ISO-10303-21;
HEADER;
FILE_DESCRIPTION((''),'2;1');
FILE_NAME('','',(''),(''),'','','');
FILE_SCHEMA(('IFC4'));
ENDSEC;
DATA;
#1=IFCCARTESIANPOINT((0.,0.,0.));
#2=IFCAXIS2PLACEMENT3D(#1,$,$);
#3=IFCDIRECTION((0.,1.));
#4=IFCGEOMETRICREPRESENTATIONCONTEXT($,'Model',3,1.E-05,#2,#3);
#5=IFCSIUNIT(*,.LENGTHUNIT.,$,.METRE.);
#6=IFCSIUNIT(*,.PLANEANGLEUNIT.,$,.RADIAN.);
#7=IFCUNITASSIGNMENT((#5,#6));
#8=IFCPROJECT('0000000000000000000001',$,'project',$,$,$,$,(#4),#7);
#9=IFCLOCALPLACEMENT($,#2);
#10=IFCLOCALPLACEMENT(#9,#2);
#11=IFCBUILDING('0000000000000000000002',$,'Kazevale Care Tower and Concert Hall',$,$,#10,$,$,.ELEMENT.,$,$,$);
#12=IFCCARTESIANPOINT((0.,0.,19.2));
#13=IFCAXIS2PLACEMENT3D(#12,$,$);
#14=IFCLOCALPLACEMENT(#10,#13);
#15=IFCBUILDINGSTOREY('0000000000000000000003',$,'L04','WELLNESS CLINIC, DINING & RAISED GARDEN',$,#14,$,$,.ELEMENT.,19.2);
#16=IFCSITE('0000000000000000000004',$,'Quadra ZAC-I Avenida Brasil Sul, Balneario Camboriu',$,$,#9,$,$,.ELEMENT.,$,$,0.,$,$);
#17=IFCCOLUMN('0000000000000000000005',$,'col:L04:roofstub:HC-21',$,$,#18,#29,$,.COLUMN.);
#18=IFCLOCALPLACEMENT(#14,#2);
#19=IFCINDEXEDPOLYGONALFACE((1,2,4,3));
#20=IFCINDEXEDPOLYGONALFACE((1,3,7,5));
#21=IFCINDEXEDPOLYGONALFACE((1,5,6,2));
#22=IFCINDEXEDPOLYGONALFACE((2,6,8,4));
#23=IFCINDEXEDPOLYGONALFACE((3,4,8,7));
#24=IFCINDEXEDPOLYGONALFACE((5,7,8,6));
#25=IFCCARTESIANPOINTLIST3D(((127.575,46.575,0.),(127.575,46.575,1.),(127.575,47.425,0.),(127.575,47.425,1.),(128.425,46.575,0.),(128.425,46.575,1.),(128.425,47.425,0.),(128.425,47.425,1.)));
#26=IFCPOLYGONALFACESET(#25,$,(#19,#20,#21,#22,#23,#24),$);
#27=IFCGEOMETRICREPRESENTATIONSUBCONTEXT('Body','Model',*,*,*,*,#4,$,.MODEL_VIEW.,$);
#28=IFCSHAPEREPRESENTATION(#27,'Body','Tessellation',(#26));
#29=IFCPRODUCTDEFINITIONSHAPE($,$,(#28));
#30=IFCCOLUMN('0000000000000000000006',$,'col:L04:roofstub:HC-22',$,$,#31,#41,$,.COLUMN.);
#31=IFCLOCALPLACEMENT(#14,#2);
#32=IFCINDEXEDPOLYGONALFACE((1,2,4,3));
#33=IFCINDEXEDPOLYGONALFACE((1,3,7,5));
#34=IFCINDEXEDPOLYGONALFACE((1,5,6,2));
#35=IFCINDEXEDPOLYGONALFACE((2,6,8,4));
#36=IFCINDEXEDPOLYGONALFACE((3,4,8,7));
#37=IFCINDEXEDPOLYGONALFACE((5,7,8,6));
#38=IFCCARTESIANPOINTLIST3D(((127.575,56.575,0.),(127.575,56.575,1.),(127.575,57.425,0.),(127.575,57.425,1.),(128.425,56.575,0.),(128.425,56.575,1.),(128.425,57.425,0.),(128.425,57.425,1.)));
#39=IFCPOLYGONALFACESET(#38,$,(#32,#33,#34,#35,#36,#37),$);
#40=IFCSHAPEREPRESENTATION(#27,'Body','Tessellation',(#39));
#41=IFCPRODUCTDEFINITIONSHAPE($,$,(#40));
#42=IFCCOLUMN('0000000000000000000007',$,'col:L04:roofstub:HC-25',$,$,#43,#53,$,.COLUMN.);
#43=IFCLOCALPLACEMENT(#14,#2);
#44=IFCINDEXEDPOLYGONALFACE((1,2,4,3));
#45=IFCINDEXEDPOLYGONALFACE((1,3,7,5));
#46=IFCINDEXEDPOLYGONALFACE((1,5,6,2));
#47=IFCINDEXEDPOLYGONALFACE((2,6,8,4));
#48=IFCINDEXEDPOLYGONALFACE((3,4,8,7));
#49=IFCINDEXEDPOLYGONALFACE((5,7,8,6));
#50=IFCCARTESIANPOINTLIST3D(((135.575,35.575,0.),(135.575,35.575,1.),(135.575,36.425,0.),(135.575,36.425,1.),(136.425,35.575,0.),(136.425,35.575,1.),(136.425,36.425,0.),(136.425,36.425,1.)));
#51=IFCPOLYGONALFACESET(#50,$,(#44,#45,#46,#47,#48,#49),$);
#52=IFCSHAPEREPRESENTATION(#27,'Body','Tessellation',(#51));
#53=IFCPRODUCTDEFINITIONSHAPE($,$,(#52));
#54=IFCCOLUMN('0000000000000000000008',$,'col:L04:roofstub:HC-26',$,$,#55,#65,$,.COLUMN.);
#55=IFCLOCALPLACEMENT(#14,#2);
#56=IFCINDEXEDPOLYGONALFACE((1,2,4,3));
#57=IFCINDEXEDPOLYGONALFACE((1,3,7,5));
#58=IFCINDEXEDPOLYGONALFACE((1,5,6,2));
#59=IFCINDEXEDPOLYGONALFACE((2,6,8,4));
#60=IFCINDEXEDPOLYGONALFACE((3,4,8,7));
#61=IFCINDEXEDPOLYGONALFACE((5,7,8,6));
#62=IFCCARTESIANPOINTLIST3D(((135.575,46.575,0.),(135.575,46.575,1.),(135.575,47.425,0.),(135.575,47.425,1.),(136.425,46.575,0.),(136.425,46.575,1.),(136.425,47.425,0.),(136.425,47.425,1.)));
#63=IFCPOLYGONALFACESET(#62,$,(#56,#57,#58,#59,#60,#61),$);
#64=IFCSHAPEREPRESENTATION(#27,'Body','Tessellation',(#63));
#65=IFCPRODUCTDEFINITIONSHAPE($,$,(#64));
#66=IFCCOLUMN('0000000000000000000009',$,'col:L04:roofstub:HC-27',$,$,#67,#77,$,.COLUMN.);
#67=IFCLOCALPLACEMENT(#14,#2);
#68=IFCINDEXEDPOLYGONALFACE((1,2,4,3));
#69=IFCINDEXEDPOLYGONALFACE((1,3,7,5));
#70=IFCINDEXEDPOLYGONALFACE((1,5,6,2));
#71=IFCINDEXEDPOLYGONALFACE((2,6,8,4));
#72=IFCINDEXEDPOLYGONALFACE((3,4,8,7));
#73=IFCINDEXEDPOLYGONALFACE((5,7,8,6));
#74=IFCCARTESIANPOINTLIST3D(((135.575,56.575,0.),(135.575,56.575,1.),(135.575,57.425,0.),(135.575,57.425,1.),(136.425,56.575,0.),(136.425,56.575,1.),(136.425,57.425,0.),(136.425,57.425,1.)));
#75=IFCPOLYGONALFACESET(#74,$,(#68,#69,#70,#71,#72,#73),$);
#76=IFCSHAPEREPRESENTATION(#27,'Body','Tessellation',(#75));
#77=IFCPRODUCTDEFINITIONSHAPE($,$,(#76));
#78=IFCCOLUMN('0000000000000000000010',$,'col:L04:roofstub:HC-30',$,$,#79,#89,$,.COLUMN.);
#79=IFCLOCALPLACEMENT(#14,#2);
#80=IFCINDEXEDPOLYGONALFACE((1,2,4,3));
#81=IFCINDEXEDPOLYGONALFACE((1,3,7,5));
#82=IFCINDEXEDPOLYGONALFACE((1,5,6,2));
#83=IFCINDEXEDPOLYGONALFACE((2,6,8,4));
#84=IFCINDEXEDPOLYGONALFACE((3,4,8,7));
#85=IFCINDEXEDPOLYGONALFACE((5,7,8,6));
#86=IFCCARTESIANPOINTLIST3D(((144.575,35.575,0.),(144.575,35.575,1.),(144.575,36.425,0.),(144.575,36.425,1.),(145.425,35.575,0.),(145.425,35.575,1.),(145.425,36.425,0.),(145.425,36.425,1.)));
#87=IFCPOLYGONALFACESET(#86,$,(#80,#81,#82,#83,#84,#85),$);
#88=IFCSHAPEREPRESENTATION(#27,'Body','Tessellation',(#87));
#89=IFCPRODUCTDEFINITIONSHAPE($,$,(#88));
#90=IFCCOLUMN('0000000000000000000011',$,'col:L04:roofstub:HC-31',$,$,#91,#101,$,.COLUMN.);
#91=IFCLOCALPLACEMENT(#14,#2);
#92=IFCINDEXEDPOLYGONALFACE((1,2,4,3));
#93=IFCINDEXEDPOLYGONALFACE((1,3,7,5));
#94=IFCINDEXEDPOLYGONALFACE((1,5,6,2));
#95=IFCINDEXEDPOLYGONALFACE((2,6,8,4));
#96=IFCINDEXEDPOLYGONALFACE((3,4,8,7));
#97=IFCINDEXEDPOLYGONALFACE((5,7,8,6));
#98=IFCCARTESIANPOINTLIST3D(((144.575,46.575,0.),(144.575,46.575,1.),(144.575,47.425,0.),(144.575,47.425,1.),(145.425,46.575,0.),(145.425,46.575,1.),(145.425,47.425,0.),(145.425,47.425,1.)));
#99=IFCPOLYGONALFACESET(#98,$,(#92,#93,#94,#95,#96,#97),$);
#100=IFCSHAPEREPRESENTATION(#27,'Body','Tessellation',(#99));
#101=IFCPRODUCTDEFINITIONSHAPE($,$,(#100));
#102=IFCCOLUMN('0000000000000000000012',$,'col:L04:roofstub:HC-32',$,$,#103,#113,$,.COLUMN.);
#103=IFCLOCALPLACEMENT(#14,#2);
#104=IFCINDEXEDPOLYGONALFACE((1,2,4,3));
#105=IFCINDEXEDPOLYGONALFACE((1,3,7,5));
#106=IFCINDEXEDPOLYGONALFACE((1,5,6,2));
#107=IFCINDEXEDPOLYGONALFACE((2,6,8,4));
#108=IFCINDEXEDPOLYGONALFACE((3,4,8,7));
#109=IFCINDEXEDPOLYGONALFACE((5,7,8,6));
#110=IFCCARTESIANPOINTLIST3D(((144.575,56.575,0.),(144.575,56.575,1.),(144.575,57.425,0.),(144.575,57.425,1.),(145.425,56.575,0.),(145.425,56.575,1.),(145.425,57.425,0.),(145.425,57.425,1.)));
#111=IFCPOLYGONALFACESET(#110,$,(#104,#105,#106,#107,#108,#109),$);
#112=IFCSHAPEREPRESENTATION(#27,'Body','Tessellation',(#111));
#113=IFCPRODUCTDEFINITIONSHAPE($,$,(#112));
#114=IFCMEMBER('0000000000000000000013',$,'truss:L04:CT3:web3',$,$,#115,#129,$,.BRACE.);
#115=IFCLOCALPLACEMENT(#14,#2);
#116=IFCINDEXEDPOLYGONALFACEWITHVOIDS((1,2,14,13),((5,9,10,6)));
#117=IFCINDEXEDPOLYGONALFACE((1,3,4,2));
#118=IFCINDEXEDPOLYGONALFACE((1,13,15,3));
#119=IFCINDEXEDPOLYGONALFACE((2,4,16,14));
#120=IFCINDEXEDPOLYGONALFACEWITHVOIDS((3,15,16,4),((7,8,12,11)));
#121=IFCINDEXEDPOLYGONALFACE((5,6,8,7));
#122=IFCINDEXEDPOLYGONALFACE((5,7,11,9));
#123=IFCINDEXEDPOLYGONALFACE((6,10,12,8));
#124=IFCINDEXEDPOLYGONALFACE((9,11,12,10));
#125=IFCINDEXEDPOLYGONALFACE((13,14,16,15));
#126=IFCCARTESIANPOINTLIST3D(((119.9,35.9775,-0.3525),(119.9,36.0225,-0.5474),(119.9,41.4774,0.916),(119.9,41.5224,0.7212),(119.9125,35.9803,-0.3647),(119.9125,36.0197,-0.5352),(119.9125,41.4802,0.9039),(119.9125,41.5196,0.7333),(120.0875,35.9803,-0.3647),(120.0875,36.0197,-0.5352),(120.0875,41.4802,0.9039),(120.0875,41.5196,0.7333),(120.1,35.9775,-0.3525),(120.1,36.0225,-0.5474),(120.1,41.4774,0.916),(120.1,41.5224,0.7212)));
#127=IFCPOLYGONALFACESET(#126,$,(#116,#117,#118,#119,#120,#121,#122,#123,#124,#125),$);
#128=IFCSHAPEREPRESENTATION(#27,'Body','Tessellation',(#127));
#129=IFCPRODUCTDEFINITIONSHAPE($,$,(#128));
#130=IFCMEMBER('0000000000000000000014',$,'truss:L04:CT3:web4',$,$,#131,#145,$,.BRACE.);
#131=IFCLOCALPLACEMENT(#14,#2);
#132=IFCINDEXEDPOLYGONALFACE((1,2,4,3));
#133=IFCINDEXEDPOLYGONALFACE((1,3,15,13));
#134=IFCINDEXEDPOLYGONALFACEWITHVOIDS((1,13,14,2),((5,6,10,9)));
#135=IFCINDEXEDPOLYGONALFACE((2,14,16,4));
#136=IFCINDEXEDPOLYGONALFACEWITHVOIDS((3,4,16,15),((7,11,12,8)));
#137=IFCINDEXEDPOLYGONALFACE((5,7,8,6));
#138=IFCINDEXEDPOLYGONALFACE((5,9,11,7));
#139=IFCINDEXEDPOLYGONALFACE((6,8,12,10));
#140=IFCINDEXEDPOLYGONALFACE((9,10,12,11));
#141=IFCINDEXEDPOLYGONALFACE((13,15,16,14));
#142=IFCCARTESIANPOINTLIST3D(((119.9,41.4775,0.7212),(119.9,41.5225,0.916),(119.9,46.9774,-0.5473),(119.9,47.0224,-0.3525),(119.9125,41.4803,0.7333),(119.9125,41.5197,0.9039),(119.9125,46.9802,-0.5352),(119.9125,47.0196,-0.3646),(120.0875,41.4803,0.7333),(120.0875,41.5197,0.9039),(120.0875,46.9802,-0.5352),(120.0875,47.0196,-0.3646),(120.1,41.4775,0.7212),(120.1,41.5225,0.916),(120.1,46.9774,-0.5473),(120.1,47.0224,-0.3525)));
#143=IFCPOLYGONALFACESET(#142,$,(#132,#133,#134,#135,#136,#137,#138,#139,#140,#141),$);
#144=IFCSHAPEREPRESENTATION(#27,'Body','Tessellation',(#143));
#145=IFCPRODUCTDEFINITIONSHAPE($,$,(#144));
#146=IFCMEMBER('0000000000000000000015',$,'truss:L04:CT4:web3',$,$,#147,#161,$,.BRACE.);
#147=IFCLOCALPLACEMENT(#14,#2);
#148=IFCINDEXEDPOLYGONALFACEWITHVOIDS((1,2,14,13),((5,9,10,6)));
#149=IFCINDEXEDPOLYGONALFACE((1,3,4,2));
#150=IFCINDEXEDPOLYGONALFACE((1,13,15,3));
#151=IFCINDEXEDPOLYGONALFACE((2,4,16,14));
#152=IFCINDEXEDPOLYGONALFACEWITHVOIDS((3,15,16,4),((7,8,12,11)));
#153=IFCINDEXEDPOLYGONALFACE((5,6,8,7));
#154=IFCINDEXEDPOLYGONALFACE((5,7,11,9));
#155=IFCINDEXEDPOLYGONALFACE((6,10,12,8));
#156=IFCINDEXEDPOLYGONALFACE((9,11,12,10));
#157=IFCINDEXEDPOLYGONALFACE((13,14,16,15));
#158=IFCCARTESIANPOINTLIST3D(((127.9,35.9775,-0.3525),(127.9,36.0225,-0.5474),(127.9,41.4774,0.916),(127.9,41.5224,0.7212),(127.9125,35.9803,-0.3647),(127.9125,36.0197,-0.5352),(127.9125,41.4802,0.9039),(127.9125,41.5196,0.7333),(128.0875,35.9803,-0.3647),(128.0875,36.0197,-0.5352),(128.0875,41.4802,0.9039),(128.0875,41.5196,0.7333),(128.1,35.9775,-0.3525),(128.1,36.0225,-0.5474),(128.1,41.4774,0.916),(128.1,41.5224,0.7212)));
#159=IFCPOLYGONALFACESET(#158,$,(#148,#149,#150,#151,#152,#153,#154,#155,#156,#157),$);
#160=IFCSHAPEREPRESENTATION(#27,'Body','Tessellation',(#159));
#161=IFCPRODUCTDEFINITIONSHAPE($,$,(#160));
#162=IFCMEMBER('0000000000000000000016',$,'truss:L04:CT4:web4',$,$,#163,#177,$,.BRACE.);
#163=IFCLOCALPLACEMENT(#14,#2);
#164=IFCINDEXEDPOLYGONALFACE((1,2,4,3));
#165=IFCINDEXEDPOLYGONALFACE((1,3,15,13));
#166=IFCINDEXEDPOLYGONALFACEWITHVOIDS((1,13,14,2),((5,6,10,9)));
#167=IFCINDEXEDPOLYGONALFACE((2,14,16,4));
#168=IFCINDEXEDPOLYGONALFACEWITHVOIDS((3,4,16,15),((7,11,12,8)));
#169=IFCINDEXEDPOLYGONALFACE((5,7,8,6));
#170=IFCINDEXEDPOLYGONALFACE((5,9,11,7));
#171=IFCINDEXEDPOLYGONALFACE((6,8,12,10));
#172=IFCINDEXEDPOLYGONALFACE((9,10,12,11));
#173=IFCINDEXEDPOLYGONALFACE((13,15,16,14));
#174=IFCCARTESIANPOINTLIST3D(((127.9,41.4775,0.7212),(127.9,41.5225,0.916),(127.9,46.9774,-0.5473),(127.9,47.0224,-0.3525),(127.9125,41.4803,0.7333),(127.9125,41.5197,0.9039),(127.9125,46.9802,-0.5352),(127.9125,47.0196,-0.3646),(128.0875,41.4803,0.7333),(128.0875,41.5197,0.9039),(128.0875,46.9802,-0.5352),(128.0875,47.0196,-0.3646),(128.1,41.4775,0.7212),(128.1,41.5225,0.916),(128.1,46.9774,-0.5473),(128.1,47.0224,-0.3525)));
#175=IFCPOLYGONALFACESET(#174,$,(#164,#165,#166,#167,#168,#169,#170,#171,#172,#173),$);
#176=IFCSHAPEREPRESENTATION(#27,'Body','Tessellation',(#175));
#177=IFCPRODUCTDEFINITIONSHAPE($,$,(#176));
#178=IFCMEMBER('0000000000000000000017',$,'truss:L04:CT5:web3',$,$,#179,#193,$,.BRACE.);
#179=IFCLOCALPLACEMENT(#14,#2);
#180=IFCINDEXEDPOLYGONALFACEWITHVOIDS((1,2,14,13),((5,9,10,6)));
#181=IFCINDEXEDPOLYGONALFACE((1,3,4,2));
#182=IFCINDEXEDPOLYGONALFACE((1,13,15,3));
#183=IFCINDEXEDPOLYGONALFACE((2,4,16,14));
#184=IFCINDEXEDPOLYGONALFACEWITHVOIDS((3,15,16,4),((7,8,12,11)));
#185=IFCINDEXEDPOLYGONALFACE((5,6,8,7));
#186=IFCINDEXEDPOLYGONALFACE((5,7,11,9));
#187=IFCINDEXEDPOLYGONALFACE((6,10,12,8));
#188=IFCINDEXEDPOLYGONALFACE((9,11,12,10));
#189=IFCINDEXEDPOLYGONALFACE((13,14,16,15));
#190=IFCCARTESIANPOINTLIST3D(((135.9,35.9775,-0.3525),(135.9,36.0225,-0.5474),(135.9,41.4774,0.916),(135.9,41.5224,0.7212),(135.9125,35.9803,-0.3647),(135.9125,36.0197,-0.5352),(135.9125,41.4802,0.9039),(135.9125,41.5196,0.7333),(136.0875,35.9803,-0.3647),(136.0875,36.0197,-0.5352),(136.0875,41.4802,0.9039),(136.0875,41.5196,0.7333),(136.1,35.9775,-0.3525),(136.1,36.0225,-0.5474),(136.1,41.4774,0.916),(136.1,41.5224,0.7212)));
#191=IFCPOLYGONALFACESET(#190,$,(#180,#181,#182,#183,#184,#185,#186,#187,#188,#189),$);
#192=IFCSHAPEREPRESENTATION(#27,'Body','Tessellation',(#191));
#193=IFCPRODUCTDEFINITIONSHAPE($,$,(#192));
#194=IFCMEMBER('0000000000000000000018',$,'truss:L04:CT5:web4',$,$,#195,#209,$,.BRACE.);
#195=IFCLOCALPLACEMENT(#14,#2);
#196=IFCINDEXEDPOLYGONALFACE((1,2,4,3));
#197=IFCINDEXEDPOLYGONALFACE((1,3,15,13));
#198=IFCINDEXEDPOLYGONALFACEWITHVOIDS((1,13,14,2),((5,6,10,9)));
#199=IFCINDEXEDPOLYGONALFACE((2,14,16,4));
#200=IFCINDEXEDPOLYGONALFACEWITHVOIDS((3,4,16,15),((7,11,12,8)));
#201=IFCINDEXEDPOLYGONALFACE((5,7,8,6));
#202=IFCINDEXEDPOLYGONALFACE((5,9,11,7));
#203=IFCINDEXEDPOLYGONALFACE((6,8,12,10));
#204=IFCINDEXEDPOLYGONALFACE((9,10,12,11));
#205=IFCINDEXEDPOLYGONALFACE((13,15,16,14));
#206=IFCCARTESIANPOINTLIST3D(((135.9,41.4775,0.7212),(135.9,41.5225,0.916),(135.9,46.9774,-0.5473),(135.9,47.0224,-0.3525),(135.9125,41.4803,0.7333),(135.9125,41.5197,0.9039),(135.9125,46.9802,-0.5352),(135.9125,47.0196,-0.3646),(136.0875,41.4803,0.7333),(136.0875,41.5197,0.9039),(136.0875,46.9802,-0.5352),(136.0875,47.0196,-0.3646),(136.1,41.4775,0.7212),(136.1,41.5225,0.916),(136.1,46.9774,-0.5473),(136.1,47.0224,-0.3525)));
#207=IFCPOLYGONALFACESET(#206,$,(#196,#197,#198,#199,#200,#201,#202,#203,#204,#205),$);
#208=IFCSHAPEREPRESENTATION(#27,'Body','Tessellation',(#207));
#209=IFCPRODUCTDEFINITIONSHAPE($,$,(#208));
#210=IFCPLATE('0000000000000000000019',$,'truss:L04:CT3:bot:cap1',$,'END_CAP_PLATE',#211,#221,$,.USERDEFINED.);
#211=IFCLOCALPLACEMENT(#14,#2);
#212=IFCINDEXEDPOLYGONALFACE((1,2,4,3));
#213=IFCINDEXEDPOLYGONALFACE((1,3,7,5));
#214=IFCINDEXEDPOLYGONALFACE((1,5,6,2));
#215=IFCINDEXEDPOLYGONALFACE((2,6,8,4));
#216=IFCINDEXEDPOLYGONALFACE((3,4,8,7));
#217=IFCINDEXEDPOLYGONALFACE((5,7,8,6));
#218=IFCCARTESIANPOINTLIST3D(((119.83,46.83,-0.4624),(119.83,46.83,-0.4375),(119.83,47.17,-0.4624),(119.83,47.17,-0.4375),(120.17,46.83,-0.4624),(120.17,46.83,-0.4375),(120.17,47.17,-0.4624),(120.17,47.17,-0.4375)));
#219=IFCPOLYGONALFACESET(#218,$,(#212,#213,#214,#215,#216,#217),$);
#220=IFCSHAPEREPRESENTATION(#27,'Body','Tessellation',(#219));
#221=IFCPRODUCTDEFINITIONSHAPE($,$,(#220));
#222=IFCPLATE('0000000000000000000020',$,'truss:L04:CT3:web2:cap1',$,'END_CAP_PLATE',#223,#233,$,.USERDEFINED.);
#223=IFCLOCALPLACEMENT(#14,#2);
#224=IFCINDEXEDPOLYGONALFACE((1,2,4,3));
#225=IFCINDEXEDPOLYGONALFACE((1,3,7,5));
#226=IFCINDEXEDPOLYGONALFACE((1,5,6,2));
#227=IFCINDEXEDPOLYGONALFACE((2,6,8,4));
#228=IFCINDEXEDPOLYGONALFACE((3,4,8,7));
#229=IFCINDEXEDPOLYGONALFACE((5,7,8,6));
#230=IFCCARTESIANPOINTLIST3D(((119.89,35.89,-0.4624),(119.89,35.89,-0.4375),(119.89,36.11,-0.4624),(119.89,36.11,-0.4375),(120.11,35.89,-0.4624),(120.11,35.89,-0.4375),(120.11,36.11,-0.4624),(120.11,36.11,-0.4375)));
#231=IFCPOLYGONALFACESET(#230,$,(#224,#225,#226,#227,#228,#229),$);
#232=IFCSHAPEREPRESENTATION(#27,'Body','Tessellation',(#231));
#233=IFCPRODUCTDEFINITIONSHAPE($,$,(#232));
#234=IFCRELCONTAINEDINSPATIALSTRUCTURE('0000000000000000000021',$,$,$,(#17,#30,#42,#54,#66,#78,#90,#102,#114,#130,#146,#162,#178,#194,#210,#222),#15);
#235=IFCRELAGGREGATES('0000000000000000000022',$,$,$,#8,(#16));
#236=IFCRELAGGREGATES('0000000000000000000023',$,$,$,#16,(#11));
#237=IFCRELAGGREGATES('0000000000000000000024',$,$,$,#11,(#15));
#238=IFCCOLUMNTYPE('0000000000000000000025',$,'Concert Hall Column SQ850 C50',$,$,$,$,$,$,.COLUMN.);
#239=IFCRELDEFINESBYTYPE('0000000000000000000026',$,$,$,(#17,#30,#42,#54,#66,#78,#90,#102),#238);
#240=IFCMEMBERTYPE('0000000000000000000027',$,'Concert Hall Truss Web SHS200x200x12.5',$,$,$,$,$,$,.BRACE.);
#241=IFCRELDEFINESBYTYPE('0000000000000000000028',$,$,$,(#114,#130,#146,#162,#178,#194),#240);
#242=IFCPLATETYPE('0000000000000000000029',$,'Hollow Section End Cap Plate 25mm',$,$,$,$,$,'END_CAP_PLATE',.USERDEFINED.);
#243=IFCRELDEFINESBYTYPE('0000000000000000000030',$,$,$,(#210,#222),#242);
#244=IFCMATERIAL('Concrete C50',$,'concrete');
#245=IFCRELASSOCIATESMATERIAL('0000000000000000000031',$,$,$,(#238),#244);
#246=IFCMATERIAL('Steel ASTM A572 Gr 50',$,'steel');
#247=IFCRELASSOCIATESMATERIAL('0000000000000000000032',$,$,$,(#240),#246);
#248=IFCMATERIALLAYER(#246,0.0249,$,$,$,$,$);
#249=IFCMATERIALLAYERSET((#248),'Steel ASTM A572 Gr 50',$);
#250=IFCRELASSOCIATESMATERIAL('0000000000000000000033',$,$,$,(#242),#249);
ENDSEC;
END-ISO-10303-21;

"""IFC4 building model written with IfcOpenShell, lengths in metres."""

from ifc_helpers import new_model, si_unit, direction, frame, origin, origin_2d, place, context, subcontext, project, spatial, rectangle, hollow_rectangle, extrude, material, layer, layer_set, material_profile, profile_set, type_object, element, save


model = new_model("IFC4")

# Units and contexts
model_context = context("Model", 3, precision=1e-05, world=origin(), true_north=direction((0.0, 1.0)))
body_context = subcontext(model_context, "Body", "Model", "MODEL_VIEW")
ifc_project = project(units=[si_unit("LENGTHUNIT", "METRE"), si_unit("PLANEANGLEUNIT", "RADIAN")], contexts=[model_context])

# Site, building, storey
site_placement = place(None, origin())
site = spatial("IfcSite", under=ifc_project, at=site_placement, Name="Quadra ZAC-I Avenida Brasil Sul, Balneario Camboriu", CompositionType="ELEMENT", RefElevation=0.0)
building_placement = place(site_placement, origin())
building = spatial("IfcBuilding", under=site, at=building_placement, Name="Kazevale Care Tower and Concert Hall", CompositionType="ELEMENT")
storey_placement = place(building_placement, frame((0.0, 0.0, 19.2)))
storey = spatial("IfcBuildingStorey", under=building, at=storey_placement, Name="L04", Description="WELLNESS CLINIC, DINING & RAISED GARDEN", CompositionType="ELEMENT", Elevation=19.2)

# Columns
ifc_material_1 = material(Name="Concrete C50", Category="concrete")
ifc_material_profile_1 = material_profile(ifc_material_1, rectangle(XDim=0.8501, YDim=0.8501, at=origin_2d()), Name="RC-SQ850")
ifc_profile_set_1 = profile_set([ifc_material_profile_1], Name="Concrete C50")
column_type = type_object("IfcColumnType", Name="Concert Hall Column SQ850 C50", PredefinedType="COLUMN", material=ifc_profile_set_1)
for number, where, z_axis, x_axis, name in (
    (1, (128.0, 47.0, 0.0), (0.0, 0.0, 1.0), (1.0, 0.0, 0.0), "col:L04:roofstub:HC-21"),
    (2, (128.0, 57.0, 0.0), (0.0, 0.0, 1.0), (1.0, 0.0, 0.0), "col:L04:roofstub:HC-22"),
    (3, (136.0, 36.0, 0.0), (0.0, 0.0, 1.0), (1.0, 0.0, 0.0), "col:L04:roofstub:HC-25"),
    (4, (136.0, 47.0, 0.0), (0.0, 0.0, 1.0), (1.0, 0.0, 0.0), "col:L04:roofstub:HC-26"),
    (5, (136.0, 57.0, 0.0), (0.0, 0.0, 1.0), (1.0, 0.0, 0.0), "col:L04:roofstub:HC-27"),
    (6, (145.0, 36.0, 0.0), (0.0, 0.0, 1.0), (1.0, 0.0, 0.0), "col:L04:roofstub:HC-30"),
    (7, (145.0, 47.0, 0.0), (0.0, 0.0, 1.0), (1.0, 0.0, 0.0), "col:L04:roofstub:HC-31"),
    (8, (145.0, 57.0, 0.0), (0.0, 0.0, 1.0), (1.0, 0.0, 0.0), "col:L04:roofstub:HC-32"),
):
    element("IfcColumn", number, at=place(storey_placement, frame(where, z_axis=z_axis, x_axis=x_axis)), inside=storey, type_object=column_type, Name=name, PredefinedType="COLUMN", context=body_context, shape_type="SweptSolid", body=[
        extrude(rectangle(XDim=0.8501, YDim=0.8501, at=origin_2d()), origin(), (0.0, 0.0, 1.0), 1.0),
    ])

# Members
ifc_material_2 = material(Name="Steel ASTM A572 Gr 50", Category="steel")
ifc_material_profile_2 = material_profile(ifc_material_2, hollow_rectangle(XDim=0.2, YDim=0.2, WallThickness=0.0125, at=origin_2d()), Name="SHS200x200x12.5")
ifc_profile_set_2 = profile_set([ifc_material_profile_2], Name="Steel ASTM A572 Gr 50")
member_type = type_object("IfcMemberType", Name="Concert Hall Truss Web SHS200x200x12.5", PredefinedType="BRACE", material=ifc_profile_set_2)
for number, where, z_axis, x_axis, name in (
    (9, (120.0, 36.0, -0.45), (0.0, 0.974417, 0.224746), (-1.0, 0.0, 0.0), "truss:L04:CT3:web3"),
    (10, (120.0, 41.5, 0.8186), (0.0, 0.974417, -0.224746), (-1.0, 0.0, 0.0), "truss:L04:CT3:web4"),
    (11, (128.0, 36.0, -0.45), (0.0, 0.974417, 0.224746), (-1.0, 0.0, 0.0), "truss:L04:CT4:web3"),
    (12, (128.0, 41.5, 0.8186), (0.0, 0.974417, -0.224746), (-1.0, 0.0, 0.0), "truss:L04:CT4:web4"),
    (13, (136.0, 36.0, -0.45), (0.0, 0.974417, 0.224746), (-1.0, 0.0, 0.0), "truss:L04:CT5:web3"),
    (14, (136.0, 41.5, 0.8186), (0.0, 0.974417, -0.224746), (-1.0, 0.0, 0.0), "truss:L04:CT5:web4"),
):
    element("IfcMember", number, at=place(storey_placement, frame(where, z_axis=z_axis, x_axis=x_axis)), inside=storey, type_object=member_type, Name=name, PredefinedType="BRACE", context=body_context, shape_type="SweptSolid", body=[
        extrude(hollow_rectangle(XDim=0.2, YDim=0.2, WallThickness=0.0125, at=origin_2d()), origin(), (0.0, 0.0, 1.0), 5.6443),
    ])

# Plates
ifc_layer_1 = layer(ifc_material_2, 0.0249)
ifc_layer_set_1 = layer_set([ifc_layer_1], Name="Steel ASTM A572 Gr 50")
plate_type = type_object("IfcPlateType", Name="Hollow Section End Cap Plate 25mm", ElementType="END_CAP_PLATE", PredefinedType="USERDEFINED", material=ifc_layer_set_1)
plate_1_placement = place(storey_placement, frame((120.0, 47.0, -0.4624), z_axis=(0.0, 0.0, 1.0), x_axis=(1.0, 0.0, 0.0)))
element("IfcPlate", 15, at=plate_1_placement, inside=storey, type_object=plate_type, Name="truss:L04:CT3:bot:cap1", ObjectType="END_CAP_PLATE", PredefinedType="USERDEFINED", context=body_context, shape_type="SweptSolid", body=[
    extrude(rectangle(XDim=0.3401, YDim=0.3401, at=origin_2d()), origin(), (0.0, 0.0, 1.0), 0.0249),
])
for number, where, z_axis, x_axis, name in (
    (16, (120.0, 36.0, -0.4624), (0.0, 0.0, 1.0), (1.0, 0.0, 0.0), "truss:L04:CT3:web2:cap1"),
):
    element("IfcPlate", number, at=place(storey_placement, frame(where, z_axis=z_axis, x_axis=x_axis)), inside=storey, type_object=plate_type, Name=name, ObjectType="END_CAP_PLATE", PredefinedType="USERDEFINED", context=body_context, shape_type="SweptSolid", body=[
        extrude(rectangle(XDim=0.22, YDim=0.22, at=origin_2d()), origin(), (0.0, 0.0, 1.0), 0.0249),
    ])

save(model, "model.ifc")
